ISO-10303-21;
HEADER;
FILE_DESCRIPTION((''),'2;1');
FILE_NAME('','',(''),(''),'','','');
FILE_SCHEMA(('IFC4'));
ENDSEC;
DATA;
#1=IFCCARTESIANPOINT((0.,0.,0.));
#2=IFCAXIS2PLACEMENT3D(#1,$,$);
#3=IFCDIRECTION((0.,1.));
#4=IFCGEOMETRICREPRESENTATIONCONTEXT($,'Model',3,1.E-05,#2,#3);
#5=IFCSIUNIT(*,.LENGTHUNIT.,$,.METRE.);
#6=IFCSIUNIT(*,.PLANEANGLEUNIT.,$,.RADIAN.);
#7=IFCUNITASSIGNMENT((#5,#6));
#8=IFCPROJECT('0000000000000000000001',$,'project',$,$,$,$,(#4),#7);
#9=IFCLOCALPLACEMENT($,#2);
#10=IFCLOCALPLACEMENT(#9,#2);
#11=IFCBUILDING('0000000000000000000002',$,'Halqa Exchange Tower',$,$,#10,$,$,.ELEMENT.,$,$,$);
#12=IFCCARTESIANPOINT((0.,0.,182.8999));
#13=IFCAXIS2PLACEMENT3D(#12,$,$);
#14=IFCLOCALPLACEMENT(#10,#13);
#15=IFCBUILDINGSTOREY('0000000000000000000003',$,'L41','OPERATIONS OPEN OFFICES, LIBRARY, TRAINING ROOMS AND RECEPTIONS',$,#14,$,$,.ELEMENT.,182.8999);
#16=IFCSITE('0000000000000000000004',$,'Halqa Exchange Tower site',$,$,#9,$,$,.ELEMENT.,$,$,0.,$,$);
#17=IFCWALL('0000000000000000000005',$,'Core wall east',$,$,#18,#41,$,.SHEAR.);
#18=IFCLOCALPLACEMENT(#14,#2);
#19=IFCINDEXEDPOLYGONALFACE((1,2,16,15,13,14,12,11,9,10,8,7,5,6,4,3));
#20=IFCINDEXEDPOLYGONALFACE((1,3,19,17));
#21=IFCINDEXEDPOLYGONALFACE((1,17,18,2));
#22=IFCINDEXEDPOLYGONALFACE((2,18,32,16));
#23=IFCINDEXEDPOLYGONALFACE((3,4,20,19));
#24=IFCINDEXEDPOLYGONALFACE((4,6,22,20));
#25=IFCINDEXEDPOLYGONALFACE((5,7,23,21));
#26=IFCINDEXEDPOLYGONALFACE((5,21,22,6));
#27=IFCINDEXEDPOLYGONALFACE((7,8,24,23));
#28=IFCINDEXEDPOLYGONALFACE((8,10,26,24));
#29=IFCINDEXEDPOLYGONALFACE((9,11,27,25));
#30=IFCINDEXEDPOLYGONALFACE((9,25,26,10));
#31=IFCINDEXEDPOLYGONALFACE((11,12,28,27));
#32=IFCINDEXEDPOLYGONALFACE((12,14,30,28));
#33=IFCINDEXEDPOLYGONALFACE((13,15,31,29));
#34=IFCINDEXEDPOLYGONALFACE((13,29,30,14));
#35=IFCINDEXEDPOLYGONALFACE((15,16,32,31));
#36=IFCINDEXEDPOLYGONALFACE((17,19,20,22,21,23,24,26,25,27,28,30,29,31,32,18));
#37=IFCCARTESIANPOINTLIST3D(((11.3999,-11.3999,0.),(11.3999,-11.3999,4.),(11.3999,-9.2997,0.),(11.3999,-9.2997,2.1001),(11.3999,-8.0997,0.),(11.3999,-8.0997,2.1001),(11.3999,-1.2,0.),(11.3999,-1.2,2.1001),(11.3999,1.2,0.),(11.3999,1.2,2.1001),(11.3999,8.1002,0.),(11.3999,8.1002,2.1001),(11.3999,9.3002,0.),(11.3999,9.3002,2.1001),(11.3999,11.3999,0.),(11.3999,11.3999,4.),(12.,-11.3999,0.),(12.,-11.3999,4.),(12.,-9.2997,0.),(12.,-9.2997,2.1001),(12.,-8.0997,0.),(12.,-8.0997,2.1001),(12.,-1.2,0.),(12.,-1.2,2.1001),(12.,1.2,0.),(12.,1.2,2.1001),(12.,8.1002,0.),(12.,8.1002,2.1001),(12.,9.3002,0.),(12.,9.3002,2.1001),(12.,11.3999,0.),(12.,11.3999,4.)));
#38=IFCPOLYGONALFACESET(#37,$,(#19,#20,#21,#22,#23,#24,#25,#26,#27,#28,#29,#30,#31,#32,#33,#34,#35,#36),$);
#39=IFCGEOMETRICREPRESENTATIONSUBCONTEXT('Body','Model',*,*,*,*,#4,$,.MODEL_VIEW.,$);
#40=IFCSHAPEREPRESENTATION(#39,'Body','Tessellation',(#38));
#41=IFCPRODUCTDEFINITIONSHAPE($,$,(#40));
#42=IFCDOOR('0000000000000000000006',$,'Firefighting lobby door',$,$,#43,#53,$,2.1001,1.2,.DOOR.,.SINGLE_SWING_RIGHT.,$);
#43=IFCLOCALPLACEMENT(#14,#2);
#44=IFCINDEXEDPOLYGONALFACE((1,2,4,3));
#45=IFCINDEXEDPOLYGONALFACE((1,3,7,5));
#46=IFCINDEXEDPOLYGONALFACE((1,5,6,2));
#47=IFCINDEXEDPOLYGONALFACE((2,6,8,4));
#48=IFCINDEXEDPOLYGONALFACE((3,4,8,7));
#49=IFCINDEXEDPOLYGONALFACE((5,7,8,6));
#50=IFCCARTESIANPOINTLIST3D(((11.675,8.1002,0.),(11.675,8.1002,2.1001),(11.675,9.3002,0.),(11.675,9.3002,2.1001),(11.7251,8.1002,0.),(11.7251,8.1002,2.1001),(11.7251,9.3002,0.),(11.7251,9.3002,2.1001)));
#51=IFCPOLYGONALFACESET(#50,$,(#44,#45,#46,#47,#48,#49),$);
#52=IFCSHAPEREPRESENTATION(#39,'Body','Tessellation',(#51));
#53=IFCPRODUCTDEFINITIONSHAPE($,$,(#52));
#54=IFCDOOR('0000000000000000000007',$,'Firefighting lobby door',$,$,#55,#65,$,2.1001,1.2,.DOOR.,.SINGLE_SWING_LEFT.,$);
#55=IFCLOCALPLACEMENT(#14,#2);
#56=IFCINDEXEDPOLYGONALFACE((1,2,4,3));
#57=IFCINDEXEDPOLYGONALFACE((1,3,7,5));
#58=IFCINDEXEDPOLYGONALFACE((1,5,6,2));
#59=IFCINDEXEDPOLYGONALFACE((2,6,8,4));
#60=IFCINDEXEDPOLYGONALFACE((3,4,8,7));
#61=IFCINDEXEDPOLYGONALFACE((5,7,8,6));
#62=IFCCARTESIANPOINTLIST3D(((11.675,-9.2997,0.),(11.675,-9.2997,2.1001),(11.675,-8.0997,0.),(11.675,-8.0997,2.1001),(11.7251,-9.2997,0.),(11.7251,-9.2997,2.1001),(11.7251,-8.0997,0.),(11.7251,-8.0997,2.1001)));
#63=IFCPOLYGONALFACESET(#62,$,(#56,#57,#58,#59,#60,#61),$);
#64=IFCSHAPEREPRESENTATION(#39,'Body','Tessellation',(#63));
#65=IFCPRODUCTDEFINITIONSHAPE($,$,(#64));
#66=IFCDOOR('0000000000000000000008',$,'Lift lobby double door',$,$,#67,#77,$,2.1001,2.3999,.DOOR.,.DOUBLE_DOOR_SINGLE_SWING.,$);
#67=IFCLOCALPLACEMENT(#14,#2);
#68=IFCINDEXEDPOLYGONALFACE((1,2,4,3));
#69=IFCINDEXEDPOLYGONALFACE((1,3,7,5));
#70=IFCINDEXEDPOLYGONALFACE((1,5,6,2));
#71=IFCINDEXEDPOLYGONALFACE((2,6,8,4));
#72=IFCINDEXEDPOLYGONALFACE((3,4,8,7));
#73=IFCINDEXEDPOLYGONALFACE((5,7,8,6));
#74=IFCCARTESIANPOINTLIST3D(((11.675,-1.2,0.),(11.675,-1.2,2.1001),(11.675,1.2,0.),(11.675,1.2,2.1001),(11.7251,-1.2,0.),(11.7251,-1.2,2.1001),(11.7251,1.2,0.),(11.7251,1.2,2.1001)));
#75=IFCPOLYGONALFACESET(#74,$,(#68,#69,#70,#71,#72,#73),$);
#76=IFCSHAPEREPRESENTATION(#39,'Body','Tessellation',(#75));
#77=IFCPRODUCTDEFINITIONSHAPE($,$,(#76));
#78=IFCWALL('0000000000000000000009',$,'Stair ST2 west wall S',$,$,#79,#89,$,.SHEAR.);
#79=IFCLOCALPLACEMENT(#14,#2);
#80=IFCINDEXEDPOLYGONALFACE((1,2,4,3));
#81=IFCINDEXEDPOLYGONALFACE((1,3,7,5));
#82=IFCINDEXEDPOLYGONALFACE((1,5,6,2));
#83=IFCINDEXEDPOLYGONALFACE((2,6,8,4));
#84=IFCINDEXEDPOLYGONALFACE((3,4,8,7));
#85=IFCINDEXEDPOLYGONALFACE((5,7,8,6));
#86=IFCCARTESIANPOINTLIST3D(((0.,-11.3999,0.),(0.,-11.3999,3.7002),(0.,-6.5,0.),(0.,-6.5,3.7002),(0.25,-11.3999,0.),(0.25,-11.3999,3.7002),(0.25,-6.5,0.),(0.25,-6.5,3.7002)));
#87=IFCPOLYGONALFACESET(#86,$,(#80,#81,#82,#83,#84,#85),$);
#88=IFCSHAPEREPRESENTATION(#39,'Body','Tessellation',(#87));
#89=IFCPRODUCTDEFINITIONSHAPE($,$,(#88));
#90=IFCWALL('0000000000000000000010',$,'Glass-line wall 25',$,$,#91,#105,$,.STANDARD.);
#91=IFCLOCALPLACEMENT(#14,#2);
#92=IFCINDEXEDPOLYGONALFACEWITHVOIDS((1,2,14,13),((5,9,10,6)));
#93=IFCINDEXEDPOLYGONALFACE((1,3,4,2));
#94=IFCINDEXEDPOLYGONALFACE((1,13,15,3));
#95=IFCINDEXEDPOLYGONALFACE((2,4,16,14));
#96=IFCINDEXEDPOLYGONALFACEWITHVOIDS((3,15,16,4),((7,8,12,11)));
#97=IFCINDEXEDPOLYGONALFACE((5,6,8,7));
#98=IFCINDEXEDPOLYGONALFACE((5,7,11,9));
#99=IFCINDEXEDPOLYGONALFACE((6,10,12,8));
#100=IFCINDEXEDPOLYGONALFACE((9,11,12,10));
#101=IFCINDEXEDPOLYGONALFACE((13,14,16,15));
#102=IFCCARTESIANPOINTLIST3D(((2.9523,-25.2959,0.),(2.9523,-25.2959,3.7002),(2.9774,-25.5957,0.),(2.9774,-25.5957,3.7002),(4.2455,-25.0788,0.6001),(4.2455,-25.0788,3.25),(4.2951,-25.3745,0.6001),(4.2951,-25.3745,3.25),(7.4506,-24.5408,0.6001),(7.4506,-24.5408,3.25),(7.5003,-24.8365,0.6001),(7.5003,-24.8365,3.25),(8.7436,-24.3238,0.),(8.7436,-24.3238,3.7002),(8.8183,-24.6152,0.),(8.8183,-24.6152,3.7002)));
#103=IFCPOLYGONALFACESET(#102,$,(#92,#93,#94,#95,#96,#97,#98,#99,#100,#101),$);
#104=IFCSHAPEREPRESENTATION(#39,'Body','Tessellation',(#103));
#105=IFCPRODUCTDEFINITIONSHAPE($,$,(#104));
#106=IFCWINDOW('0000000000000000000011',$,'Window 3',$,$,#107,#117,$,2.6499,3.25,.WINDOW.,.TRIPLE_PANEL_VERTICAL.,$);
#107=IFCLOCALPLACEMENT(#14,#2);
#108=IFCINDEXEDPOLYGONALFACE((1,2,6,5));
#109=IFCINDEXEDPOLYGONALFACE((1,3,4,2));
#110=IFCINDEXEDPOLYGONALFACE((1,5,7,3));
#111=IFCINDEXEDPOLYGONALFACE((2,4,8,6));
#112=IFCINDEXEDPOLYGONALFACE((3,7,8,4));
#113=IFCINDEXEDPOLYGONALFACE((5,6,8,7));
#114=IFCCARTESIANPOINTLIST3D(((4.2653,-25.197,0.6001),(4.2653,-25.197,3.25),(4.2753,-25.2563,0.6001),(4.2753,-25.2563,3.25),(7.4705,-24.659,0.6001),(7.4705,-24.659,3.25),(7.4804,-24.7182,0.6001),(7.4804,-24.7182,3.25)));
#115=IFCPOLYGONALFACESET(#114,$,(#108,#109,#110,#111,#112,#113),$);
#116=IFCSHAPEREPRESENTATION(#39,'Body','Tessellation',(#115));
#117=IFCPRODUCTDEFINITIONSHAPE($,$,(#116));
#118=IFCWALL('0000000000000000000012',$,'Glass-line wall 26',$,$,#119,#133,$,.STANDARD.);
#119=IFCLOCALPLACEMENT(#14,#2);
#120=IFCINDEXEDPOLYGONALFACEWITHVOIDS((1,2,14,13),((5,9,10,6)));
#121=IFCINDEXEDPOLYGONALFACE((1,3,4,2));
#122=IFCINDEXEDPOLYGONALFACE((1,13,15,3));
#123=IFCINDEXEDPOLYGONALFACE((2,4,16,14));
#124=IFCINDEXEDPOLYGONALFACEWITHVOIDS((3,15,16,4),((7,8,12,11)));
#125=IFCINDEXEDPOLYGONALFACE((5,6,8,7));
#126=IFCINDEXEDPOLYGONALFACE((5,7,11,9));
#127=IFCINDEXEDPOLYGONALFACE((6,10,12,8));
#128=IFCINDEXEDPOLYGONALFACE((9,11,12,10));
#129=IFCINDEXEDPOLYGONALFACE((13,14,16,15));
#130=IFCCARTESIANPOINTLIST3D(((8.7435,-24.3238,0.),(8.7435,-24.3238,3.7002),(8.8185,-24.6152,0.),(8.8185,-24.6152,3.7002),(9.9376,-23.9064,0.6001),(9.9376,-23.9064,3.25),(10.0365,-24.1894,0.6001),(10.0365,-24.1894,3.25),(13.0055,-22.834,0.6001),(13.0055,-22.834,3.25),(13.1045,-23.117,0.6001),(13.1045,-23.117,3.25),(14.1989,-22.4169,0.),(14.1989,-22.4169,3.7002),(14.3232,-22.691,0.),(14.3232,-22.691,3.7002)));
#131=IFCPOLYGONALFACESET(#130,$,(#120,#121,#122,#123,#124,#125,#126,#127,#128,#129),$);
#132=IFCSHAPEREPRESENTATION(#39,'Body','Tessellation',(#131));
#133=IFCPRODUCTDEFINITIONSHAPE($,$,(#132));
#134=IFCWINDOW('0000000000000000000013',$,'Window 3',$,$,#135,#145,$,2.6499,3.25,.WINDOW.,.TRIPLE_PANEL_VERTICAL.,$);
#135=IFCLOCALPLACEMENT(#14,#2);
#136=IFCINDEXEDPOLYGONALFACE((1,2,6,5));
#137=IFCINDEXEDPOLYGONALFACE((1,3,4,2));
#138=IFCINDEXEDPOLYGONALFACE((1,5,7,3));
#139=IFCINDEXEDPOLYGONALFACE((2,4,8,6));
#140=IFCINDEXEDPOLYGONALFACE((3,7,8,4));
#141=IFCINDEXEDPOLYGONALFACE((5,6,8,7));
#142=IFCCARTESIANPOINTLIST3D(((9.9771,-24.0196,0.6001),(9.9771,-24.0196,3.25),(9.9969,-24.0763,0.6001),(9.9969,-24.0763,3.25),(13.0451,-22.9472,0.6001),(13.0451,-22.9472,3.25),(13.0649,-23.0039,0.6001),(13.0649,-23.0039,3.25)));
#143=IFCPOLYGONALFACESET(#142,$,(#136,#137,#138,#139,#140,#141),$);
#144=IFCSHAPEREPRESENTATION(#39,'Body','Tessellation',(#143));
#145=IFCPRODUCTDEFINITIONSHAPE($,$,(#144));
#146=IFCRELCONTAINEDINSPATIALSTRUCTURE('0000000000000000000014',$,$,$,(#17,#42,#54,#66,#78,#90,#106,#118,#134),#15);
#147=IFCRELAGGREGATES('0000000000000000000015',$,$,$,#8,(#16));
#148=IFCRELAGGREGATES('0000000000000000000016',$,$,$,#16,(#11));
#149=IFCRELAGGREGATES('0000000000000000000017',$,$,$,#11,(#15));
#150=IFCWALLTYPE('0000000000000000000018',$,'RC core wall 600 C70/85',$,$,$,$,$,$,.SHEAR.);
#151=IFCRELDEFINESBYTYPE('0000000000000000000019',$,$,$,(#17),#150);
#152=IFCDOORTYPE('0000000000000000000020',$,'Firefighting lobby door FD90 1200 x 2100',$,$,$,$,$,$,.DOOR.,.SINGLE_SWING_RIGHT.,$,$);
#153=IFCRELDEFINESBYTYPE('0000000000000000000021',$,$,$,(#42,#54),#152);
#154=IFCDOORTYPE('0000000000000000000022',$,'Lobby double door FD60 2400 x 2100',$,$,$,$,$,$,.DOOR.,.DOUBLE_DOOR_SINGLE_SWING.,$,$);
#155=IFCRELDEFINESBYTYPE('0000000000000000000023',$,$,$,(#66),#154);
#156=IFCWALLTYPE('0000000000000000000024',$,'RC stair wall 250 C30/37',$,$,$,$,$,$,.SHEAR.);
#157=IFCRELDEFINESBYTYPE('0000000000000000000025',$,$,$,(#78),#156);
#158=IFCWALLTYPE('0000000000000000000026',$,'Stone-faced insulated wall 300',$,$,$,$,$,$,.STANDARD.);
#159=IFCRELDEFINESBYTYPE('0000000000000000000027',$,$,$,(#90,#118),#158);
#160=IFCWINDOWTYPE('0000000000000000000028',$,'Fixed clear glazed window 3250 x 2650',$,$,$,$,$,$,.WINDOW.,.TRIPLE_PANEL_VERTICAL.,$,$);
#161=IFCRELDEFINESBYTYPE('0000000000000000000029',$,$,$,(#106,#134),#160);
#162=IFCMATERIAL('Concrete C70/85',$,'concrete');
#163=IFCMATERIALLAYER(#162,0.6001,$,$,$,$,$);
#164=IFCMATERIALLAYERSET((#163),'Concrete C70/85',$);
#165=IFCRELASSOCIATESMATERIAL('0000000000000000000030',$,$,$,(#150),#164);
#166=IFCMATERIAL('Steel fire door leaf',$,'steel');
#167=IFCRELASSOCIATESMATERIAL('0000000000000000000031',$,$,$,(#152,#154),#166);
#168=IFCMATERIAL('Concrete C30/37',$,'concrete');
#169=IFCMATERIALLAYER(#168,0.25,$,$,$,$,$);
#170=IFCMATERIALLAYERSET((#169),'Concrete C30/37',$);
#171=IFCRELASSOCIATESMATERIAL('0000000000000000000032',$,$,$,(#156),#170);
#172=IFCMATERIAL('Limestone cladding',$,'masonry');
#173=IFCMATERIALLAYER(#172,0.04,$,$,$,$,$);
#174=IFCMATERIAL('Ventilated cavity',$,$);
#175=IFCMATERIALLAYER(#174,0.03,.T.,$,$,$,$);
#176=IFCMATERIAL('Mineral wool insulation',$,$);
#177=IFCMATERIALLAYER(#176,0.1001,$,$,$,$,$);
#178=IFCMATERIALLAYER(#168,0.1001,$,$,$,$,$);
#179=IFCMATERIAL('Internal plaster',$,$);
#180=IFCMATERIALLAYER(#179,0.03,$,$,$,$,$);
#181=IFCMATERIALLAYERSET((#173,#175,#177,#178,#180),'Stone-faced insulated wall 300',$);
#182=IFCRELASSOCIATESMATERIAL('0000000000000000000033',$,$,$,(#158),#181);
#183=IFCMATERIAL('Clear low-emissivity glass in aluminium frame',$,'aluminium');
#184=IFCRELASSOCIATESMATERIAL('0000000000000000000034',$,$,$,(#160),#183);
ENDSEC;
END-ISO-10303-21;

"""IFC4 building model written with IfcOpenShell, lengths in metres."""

from ifc_helpers import new_model, si_unit, direction, frame, frame_2d, origin, place, context, subcontext, project, spatial, polyline, rectangle, outline, extrude, material, layer, layer_set, type_object, element, fill, save


model = new_model("IFC4")

# Units and contexts
model_context = context("Model", 3, precision=1e-05, world=origin(), true_north=direction((0.0, 1.0)))
body_context = subcontext(model_context, "Body", "Model", "MODEL_VIEW")
ifc_project = project(units=[si_unit("LENGTHUNIT", "METRE"), si_unit("PLANEANGLEUNIT", "RADIAN")], contexts=[model_context])

# Site, building, storey
site_placement = place(None, origin())
site = spatial("IfcSite", under=ifc_project, at=site_placement, Name="Halqa Exchange Tower site", CompositionType="ELEMENT", RefElevation=0.0)
building_placement = place(site_placement, origin())
building = spatial("IfcBuilding", under=site, at=building_placement, Name="Halqa Exchange Tower", CompositionType="ELEMENT")
storey_placement = place(building_placement, frame((0.0, 0.0, 182.8999)))
storey = spatial("IfcBuildingStorey", under=building, at=storey_placement, Name="L41", Description="OPERATIONS OPEN OFFICES, LIBRARY, TRAINING ROOMS AND RECEPTIONS", CompositionType="ELEMENT", Elevation=182.8999)

# Shared definitions
ifc_material_1 = material(Name="Concrete C70/85", Category="concrete")

# Wall, openings, doors
ifc_layer_1 = layer(ifc_material_1, 0.6001)
ifc_layer_set_1 = layer_set([ifc_layer_1], Name="Concrete C70/85")
wall_type_1 = type_object("IfcWallType", Name="RC core wall 600 C70/85", PredefinedType="SHEAR", material=ifc_layer_set_1)
wall_1_placement = place(storey_placement, frame((11.7, -11.3999, 0.0), z_axis=(0.0, 0.0, 1.0), x_axis=(0.0, 1.0, 0.0)))
wall_1 = element("IfcWall", 1, at=wall_1_placement, inside=storey, type_object=wall_type_1, Name="Core wall east", PredefinedType="SHEAR", context=body_context, shape_type="SweptSolid", body=[
    extrude(rectangle(XDim=22.7998, YDim=0.6001, at=frame_2d((11.3999, 0.0))), origin(), (0.0, 0.0, 1.0), 4.0),
])
opening_1_placement = place(wall_1_placement, frame((10.2, 0.0, 0.0)))
opening_1 = element("IfcOpeningElement", 2, at=opening_1_placement, cuts=wall_1, PredefinedType="OPENING", context=body_context, shape_type="SweptSolid", body=[
    extrude(rectangle(XDim=2.3999, YDim=2.1001, at=frame_2d((1.2, 1.05))), frame((0.0, 0.312, 0.0), z_axis=(0.0, -1.0, 0.0), x_axis=(1.0, 0.0, 0.0)), (0.0, 0.0, 1.0), 0.624),
])
opening_2_placement = place(wall_1_placement, frame((19.5, 0.0, 0.0)))
opening_2 = element("IfcOpeningElement", 3, at=opening_2_placement, cuts=wall_1, PredefinedType="OPENING", context=body_context, shape_type="SweptSolid", body=[
    extrude(rectangle(XDim=1.2, YDim=2.1001, at=frame_2d((0.6001, 1.05))), frame((0.0, 0.312, 0.0), z_axis=(0.0, -1.0, 0.0), x_axis=(1.0, 0.0, 0.0)), (0.0, 0.0, 1.0), 0.624),
])
opening_3_placement = place(wall_1_placement, frame((2.1001, 0.0, 0.0)))
opening_3 = element("IfcOpeningElement", 4, at=opening_3_placement, cuts=wall_1, PredefinedType="OPENING", context=body_context, shape_type="SweptSolid", body=[
    extrude(rectangle(XDim=1.2, YDim=2.1001, at=frame_2d((0.6001, 1.05))), frame((0.0, 0.312, 0.0), z_axis=(0.0, -1.0, 0.0), x_axis=(1.0, 0.0, 0.0)), (0.0, 0.0, 1.0), 0.624),
])
ifc_material_2 = material(Name="Steel fire door leaf", Category="steel")
door_type_1 = type_object("IfcDoorType", Name="Firefighting lobby door FD90 1200 x 2100", OperationType="SINGLE_SWING_RIGHT", PredefinedType="DOOR", material=ifc_material_2)
door_1_placement = place(opening_2_placement, origin())
door_1 = element("IfcDoor", 5, at=door_1_placement, inside=storey, type_object=door_type_1, Name="Firefighting lobby door", OperationType="SINGLE_SWING_RIGHT", OverallHeight=2.1001, OverallWidth=1.2, PredefinedType="DOOR", context=body_context, shape_type="SweptSolid", body=[
    extrude(rectangle(XDim=1.2, YDim=2.1001, at=frame_2d((0.6001, 1.05))), frame((0.0, 0.0249, 0.0), z_axis=(0.0, -1.0, 0.0), x_axis=(1.0, 0.0, 0.0)), (0.0, 0.0, 1.0), 0.05),
])
fill(opening_2, door_1)
door_2_placement = place(opening_3_placement, origin())
door_2 = element("IfcDoor", 6, at=door_2_placement, inside=storey, type_object=door_type_1, Name="Firefighting lobby door", OperationType="SINGLE_SWING_LEFT", OverallHeight=2.1001, OverallWidth=1.2, PredefinedType="DOOR", context=body_context, shape_type="SweptSolid", body=[
    extrude(rectangle(XDim=1.2, YDim=2.1001, at=frame_2d((0.6001, 1.05))), frame((0.0, 0.0249, 0.0), z_axis=(0.0, -1.0, 0.0), x_axis=(1.0, 0.0, 0.0)), (0.0, 0.0, 1.0), 0.05),
])
fill(opening_3, door_2)
door_type_2 = type_object("IfcDoorType", Name="Lobby double door FD60 2400 x 2100", OperationType="DOUBLE_DOOR_SINGLE_SWING", PredefinedType="DOOR", material=ifc_material_2)
door_3_placement = place(opening_1_placement, origin())
door_3 = element("IfcDoor", 7, at=door_3_placement, inside=storey, type_object=door_type_2, Name="Lift lobby double door", OperationType="DOUBLE_DOOR_SINGLE_SWING", OverallHeight=2.1001, OverallWidth=2.3999, PredefinedType="DOOR", context=body_context, shape_type="SweptSolid", body=[
    extrude(rectangle(XDim=2.3999, YDim=2.1001, at=frame_2d((1.2, 1.05))), frame((0.0, 0.0249, 0.0), z_axis=(0.0, -1.0, 0.0), x_axis=(1.0, 0.0, 0.0)), (0.0, 0.0, 1.0), 0.05),
])
fill(opening_1, door_3)

# Wall
ifc_material_3 = material(Name="Concrete C30/37", Category="concrete")
ifc_layer_2 = layer(ifc_material_3, 0.25)
ifc_layer_set_2 = layer_set([ifc_layer_2], Name="Concrete C30/37")
wall_type_2 = type_object("IfcWallType", Name="RC stair wall 250 C30/37", PredefinedType="SHEAR", material=ifc_layer_set_2)
wall_2_placement = place(storey_placement, frame((0.125, -11.3999, 0.0), z_axis=(0.0, 0.0, 1.0), x_axis=(0.0, 1.0, 0.0)))
element("IfcWall", 8, at=wall_2_placement, inside=storey, type_object=wall_type_2, Name="Stair ST2 west wall S", PredefinedType="SHEAR", context=body_context, shape_type="SweptSolid", body=[
    extrude(rectangle(XDim=4.8999, YDim=0.25, at=frame_2d((2.45, 0.0))), origin(), (0.0, 0.0, 1.0), 3.7002),
])

# Walls, openings, windows
ifc_material_4 = material(Name="Limestone cladding", Category="masonry")
ifc_layer_3 = layer(ifc_material_4, 0.04)
ifc_material_5 = material(Name="Ventilated cavity")
ifc_layer_4 = layer(ifc_material_5, 0.03, ventilated=True)
ifc_material_6 = material(Name="Mineral wool insulation")
ifc_layer_5 = layer(ifc_material_6, 0.1001)
ifc_layer_6 = layer(ifc_material_3, 0.1001)
ifc_material_7 = material(Name="Internal plaster")
ifc_layer_7 = layer(ifc_material_7, 0.03)
ifc_layer_set_3 = layer_set([ifc_layer_3, ifc_layer_4, ifc_layer_5, ifc_layer_6, ifc_layer_7], Name="Stone-faced insulated wall 300")
wall_type_3 = type_object("IfcWallType", Name="Stone-faced insulated wall 300", PredefinedType="STANDARD", material=ifc_layer_set_3)
wall_3_placement = place(storey_placement, frame((2.9648, -25.4458, 0.0), z_axis=(0.0, 0.0, 1.0), x_axis=(0.986202, 0.165547, 0.0)))
wall_3 = element("IfcWall", 9, at=wall_3_placement, inside=storey, type_object=wall_type_3, Name="Glass-line wall 25", PredefinedType="STANDARD", context=body_context, shape_type="SweptSolid", body=[
    extrude(outline(polyline([(-0.0125, -0.1499), (5.9102, -0.1499), (5.8848, 0.1499), (0.0125, 0.1499), (-0.0125, -0.1499)])), origin(), (0.0, 0.0, 1.0), 3.7002),
])
opening_4_placement = place(wall_3_placement, frame((1.3237, 0.0, 0.6001)))
opening_4 = element("IfcOpeningElement", 10, at=opening_4_placement, cuts=wall_3, PredefinedType="OPENING", context=body_context, shape_type="SweptSolid", body=[
    extrude(rectangle(XDim=3.25, YDim=2.6499, at=frame_2d((1.625, 1.325))), frame((0.0, 0.1621, 0.0), z_axis=(0.0, -1.0, 0.0), x_axis=(1.0, 0.0, 0.0)), (0.0, 0.0, 1.0), 0.324),
])
ifc_material_8 = material(Name="Clear low-emissivity glass in aluminium frame", Category="aluminium")
window_type = type_object("IfcWindowType", Name="Fixed clear glazed window 3250 x 2650", PartitioningType="TRIPLE_PANEL_VERTICAL", PredefinedType="WINDOW", material=ifc_material_8)
window_1_placement = place(opening_4_placement, origin())
window_1 = element("IfcWindow", 11, at=window_1_placement, inside=storey, type_object=window_type, Name="Window 3", OverallHeight=2.6499, OverallWidth=3.25, PartitioningType="TRIPLE_PANEL_VERTICAL", PredefinedType="WINDOW", context=body_context, shape_type="SweptSolid", body=[
    extrude(rectangle(XDim=3.25, YDim=2.6499, at=frame_2d((1.625, 1.325))), frame((0.0, 0.03, 0.0), z_axis=(0.0, -1.0, 0.0), x_axis=(1.0, 0.0, 0.0)), (0.0, 0.0, 1.0), 0.0601),
])
fill(opening_4, window_1)
wall_4_placement = place(storey_placement, frame((8.781, -24.4695, 0.0), z_axis=(0.0, 0.0, 1.0), x_axis=(0.943991, 0.329972, 0.0)))
wall_4 = element("IfcWall", 12, at=wall_4_placement, inside=storey, type_object=wall_type_3, Name="Glass-line wall 26", PredefinedType="STANDARD", context=body_context, shape_type="SweptSolid", body=[
    extrude(outline(polyline([(-0.0127, -0.1499), (5.8186, -0.1499), (5.7917, 0.1499), (0.0127, 0.1499), (-0.0127, -0.1499)])), origin(), (0.0, 0.0, 1.0), 3.7002),
])
opening_5_placement = place(wall_4_placement, frame((1.2776, 0.0, 0.6001)))
opening_5 = element("IfcOpeningElement", 13, at=opening_5_placement, cuts=wall_4, PredefinedType="OPENING", context=body_context, shape_type="SweptSolid", body=[
    extrude(rectangle(XDim=3.25, YDim=2.6499, at=frame_2d((1.625, 1.325))), frame((0.0, 0.1621, 0.0), z_axis=(0.0, -1.0, 0.0), x_axis=(1.0, 0.0, 0.0)), (0.0, 0.0, 1.0), 0.324),
])
window_2_placement = place(opening_5_placement, origin())
window_2 = element("IfcWindow", 14, at=window_2_placement, inside=storey, type_object=window_type, Name="Window 3", OverallHeight=2.6499, OverallWidth=3.25, PartitioningType="TRIPLE_PANEL_VERTICAL", PredefinedType="WINDOW", context=body_context, shape_type="SweptSolid", body=[
    extrude(rectangle(XDim=3.25, YDim=2.6499, at=frame_2d((1.625, 1.325))), frame((0.0, 0.03, 0.0), z_axis=(0.0, -1.0, 0.0), x_axis=(1.0, 0.0, 0.0)), (0.0, 0.0, 1.0), 0.0601),
])
fill(opening_5, window_2)

save(model, "model.ifc")
